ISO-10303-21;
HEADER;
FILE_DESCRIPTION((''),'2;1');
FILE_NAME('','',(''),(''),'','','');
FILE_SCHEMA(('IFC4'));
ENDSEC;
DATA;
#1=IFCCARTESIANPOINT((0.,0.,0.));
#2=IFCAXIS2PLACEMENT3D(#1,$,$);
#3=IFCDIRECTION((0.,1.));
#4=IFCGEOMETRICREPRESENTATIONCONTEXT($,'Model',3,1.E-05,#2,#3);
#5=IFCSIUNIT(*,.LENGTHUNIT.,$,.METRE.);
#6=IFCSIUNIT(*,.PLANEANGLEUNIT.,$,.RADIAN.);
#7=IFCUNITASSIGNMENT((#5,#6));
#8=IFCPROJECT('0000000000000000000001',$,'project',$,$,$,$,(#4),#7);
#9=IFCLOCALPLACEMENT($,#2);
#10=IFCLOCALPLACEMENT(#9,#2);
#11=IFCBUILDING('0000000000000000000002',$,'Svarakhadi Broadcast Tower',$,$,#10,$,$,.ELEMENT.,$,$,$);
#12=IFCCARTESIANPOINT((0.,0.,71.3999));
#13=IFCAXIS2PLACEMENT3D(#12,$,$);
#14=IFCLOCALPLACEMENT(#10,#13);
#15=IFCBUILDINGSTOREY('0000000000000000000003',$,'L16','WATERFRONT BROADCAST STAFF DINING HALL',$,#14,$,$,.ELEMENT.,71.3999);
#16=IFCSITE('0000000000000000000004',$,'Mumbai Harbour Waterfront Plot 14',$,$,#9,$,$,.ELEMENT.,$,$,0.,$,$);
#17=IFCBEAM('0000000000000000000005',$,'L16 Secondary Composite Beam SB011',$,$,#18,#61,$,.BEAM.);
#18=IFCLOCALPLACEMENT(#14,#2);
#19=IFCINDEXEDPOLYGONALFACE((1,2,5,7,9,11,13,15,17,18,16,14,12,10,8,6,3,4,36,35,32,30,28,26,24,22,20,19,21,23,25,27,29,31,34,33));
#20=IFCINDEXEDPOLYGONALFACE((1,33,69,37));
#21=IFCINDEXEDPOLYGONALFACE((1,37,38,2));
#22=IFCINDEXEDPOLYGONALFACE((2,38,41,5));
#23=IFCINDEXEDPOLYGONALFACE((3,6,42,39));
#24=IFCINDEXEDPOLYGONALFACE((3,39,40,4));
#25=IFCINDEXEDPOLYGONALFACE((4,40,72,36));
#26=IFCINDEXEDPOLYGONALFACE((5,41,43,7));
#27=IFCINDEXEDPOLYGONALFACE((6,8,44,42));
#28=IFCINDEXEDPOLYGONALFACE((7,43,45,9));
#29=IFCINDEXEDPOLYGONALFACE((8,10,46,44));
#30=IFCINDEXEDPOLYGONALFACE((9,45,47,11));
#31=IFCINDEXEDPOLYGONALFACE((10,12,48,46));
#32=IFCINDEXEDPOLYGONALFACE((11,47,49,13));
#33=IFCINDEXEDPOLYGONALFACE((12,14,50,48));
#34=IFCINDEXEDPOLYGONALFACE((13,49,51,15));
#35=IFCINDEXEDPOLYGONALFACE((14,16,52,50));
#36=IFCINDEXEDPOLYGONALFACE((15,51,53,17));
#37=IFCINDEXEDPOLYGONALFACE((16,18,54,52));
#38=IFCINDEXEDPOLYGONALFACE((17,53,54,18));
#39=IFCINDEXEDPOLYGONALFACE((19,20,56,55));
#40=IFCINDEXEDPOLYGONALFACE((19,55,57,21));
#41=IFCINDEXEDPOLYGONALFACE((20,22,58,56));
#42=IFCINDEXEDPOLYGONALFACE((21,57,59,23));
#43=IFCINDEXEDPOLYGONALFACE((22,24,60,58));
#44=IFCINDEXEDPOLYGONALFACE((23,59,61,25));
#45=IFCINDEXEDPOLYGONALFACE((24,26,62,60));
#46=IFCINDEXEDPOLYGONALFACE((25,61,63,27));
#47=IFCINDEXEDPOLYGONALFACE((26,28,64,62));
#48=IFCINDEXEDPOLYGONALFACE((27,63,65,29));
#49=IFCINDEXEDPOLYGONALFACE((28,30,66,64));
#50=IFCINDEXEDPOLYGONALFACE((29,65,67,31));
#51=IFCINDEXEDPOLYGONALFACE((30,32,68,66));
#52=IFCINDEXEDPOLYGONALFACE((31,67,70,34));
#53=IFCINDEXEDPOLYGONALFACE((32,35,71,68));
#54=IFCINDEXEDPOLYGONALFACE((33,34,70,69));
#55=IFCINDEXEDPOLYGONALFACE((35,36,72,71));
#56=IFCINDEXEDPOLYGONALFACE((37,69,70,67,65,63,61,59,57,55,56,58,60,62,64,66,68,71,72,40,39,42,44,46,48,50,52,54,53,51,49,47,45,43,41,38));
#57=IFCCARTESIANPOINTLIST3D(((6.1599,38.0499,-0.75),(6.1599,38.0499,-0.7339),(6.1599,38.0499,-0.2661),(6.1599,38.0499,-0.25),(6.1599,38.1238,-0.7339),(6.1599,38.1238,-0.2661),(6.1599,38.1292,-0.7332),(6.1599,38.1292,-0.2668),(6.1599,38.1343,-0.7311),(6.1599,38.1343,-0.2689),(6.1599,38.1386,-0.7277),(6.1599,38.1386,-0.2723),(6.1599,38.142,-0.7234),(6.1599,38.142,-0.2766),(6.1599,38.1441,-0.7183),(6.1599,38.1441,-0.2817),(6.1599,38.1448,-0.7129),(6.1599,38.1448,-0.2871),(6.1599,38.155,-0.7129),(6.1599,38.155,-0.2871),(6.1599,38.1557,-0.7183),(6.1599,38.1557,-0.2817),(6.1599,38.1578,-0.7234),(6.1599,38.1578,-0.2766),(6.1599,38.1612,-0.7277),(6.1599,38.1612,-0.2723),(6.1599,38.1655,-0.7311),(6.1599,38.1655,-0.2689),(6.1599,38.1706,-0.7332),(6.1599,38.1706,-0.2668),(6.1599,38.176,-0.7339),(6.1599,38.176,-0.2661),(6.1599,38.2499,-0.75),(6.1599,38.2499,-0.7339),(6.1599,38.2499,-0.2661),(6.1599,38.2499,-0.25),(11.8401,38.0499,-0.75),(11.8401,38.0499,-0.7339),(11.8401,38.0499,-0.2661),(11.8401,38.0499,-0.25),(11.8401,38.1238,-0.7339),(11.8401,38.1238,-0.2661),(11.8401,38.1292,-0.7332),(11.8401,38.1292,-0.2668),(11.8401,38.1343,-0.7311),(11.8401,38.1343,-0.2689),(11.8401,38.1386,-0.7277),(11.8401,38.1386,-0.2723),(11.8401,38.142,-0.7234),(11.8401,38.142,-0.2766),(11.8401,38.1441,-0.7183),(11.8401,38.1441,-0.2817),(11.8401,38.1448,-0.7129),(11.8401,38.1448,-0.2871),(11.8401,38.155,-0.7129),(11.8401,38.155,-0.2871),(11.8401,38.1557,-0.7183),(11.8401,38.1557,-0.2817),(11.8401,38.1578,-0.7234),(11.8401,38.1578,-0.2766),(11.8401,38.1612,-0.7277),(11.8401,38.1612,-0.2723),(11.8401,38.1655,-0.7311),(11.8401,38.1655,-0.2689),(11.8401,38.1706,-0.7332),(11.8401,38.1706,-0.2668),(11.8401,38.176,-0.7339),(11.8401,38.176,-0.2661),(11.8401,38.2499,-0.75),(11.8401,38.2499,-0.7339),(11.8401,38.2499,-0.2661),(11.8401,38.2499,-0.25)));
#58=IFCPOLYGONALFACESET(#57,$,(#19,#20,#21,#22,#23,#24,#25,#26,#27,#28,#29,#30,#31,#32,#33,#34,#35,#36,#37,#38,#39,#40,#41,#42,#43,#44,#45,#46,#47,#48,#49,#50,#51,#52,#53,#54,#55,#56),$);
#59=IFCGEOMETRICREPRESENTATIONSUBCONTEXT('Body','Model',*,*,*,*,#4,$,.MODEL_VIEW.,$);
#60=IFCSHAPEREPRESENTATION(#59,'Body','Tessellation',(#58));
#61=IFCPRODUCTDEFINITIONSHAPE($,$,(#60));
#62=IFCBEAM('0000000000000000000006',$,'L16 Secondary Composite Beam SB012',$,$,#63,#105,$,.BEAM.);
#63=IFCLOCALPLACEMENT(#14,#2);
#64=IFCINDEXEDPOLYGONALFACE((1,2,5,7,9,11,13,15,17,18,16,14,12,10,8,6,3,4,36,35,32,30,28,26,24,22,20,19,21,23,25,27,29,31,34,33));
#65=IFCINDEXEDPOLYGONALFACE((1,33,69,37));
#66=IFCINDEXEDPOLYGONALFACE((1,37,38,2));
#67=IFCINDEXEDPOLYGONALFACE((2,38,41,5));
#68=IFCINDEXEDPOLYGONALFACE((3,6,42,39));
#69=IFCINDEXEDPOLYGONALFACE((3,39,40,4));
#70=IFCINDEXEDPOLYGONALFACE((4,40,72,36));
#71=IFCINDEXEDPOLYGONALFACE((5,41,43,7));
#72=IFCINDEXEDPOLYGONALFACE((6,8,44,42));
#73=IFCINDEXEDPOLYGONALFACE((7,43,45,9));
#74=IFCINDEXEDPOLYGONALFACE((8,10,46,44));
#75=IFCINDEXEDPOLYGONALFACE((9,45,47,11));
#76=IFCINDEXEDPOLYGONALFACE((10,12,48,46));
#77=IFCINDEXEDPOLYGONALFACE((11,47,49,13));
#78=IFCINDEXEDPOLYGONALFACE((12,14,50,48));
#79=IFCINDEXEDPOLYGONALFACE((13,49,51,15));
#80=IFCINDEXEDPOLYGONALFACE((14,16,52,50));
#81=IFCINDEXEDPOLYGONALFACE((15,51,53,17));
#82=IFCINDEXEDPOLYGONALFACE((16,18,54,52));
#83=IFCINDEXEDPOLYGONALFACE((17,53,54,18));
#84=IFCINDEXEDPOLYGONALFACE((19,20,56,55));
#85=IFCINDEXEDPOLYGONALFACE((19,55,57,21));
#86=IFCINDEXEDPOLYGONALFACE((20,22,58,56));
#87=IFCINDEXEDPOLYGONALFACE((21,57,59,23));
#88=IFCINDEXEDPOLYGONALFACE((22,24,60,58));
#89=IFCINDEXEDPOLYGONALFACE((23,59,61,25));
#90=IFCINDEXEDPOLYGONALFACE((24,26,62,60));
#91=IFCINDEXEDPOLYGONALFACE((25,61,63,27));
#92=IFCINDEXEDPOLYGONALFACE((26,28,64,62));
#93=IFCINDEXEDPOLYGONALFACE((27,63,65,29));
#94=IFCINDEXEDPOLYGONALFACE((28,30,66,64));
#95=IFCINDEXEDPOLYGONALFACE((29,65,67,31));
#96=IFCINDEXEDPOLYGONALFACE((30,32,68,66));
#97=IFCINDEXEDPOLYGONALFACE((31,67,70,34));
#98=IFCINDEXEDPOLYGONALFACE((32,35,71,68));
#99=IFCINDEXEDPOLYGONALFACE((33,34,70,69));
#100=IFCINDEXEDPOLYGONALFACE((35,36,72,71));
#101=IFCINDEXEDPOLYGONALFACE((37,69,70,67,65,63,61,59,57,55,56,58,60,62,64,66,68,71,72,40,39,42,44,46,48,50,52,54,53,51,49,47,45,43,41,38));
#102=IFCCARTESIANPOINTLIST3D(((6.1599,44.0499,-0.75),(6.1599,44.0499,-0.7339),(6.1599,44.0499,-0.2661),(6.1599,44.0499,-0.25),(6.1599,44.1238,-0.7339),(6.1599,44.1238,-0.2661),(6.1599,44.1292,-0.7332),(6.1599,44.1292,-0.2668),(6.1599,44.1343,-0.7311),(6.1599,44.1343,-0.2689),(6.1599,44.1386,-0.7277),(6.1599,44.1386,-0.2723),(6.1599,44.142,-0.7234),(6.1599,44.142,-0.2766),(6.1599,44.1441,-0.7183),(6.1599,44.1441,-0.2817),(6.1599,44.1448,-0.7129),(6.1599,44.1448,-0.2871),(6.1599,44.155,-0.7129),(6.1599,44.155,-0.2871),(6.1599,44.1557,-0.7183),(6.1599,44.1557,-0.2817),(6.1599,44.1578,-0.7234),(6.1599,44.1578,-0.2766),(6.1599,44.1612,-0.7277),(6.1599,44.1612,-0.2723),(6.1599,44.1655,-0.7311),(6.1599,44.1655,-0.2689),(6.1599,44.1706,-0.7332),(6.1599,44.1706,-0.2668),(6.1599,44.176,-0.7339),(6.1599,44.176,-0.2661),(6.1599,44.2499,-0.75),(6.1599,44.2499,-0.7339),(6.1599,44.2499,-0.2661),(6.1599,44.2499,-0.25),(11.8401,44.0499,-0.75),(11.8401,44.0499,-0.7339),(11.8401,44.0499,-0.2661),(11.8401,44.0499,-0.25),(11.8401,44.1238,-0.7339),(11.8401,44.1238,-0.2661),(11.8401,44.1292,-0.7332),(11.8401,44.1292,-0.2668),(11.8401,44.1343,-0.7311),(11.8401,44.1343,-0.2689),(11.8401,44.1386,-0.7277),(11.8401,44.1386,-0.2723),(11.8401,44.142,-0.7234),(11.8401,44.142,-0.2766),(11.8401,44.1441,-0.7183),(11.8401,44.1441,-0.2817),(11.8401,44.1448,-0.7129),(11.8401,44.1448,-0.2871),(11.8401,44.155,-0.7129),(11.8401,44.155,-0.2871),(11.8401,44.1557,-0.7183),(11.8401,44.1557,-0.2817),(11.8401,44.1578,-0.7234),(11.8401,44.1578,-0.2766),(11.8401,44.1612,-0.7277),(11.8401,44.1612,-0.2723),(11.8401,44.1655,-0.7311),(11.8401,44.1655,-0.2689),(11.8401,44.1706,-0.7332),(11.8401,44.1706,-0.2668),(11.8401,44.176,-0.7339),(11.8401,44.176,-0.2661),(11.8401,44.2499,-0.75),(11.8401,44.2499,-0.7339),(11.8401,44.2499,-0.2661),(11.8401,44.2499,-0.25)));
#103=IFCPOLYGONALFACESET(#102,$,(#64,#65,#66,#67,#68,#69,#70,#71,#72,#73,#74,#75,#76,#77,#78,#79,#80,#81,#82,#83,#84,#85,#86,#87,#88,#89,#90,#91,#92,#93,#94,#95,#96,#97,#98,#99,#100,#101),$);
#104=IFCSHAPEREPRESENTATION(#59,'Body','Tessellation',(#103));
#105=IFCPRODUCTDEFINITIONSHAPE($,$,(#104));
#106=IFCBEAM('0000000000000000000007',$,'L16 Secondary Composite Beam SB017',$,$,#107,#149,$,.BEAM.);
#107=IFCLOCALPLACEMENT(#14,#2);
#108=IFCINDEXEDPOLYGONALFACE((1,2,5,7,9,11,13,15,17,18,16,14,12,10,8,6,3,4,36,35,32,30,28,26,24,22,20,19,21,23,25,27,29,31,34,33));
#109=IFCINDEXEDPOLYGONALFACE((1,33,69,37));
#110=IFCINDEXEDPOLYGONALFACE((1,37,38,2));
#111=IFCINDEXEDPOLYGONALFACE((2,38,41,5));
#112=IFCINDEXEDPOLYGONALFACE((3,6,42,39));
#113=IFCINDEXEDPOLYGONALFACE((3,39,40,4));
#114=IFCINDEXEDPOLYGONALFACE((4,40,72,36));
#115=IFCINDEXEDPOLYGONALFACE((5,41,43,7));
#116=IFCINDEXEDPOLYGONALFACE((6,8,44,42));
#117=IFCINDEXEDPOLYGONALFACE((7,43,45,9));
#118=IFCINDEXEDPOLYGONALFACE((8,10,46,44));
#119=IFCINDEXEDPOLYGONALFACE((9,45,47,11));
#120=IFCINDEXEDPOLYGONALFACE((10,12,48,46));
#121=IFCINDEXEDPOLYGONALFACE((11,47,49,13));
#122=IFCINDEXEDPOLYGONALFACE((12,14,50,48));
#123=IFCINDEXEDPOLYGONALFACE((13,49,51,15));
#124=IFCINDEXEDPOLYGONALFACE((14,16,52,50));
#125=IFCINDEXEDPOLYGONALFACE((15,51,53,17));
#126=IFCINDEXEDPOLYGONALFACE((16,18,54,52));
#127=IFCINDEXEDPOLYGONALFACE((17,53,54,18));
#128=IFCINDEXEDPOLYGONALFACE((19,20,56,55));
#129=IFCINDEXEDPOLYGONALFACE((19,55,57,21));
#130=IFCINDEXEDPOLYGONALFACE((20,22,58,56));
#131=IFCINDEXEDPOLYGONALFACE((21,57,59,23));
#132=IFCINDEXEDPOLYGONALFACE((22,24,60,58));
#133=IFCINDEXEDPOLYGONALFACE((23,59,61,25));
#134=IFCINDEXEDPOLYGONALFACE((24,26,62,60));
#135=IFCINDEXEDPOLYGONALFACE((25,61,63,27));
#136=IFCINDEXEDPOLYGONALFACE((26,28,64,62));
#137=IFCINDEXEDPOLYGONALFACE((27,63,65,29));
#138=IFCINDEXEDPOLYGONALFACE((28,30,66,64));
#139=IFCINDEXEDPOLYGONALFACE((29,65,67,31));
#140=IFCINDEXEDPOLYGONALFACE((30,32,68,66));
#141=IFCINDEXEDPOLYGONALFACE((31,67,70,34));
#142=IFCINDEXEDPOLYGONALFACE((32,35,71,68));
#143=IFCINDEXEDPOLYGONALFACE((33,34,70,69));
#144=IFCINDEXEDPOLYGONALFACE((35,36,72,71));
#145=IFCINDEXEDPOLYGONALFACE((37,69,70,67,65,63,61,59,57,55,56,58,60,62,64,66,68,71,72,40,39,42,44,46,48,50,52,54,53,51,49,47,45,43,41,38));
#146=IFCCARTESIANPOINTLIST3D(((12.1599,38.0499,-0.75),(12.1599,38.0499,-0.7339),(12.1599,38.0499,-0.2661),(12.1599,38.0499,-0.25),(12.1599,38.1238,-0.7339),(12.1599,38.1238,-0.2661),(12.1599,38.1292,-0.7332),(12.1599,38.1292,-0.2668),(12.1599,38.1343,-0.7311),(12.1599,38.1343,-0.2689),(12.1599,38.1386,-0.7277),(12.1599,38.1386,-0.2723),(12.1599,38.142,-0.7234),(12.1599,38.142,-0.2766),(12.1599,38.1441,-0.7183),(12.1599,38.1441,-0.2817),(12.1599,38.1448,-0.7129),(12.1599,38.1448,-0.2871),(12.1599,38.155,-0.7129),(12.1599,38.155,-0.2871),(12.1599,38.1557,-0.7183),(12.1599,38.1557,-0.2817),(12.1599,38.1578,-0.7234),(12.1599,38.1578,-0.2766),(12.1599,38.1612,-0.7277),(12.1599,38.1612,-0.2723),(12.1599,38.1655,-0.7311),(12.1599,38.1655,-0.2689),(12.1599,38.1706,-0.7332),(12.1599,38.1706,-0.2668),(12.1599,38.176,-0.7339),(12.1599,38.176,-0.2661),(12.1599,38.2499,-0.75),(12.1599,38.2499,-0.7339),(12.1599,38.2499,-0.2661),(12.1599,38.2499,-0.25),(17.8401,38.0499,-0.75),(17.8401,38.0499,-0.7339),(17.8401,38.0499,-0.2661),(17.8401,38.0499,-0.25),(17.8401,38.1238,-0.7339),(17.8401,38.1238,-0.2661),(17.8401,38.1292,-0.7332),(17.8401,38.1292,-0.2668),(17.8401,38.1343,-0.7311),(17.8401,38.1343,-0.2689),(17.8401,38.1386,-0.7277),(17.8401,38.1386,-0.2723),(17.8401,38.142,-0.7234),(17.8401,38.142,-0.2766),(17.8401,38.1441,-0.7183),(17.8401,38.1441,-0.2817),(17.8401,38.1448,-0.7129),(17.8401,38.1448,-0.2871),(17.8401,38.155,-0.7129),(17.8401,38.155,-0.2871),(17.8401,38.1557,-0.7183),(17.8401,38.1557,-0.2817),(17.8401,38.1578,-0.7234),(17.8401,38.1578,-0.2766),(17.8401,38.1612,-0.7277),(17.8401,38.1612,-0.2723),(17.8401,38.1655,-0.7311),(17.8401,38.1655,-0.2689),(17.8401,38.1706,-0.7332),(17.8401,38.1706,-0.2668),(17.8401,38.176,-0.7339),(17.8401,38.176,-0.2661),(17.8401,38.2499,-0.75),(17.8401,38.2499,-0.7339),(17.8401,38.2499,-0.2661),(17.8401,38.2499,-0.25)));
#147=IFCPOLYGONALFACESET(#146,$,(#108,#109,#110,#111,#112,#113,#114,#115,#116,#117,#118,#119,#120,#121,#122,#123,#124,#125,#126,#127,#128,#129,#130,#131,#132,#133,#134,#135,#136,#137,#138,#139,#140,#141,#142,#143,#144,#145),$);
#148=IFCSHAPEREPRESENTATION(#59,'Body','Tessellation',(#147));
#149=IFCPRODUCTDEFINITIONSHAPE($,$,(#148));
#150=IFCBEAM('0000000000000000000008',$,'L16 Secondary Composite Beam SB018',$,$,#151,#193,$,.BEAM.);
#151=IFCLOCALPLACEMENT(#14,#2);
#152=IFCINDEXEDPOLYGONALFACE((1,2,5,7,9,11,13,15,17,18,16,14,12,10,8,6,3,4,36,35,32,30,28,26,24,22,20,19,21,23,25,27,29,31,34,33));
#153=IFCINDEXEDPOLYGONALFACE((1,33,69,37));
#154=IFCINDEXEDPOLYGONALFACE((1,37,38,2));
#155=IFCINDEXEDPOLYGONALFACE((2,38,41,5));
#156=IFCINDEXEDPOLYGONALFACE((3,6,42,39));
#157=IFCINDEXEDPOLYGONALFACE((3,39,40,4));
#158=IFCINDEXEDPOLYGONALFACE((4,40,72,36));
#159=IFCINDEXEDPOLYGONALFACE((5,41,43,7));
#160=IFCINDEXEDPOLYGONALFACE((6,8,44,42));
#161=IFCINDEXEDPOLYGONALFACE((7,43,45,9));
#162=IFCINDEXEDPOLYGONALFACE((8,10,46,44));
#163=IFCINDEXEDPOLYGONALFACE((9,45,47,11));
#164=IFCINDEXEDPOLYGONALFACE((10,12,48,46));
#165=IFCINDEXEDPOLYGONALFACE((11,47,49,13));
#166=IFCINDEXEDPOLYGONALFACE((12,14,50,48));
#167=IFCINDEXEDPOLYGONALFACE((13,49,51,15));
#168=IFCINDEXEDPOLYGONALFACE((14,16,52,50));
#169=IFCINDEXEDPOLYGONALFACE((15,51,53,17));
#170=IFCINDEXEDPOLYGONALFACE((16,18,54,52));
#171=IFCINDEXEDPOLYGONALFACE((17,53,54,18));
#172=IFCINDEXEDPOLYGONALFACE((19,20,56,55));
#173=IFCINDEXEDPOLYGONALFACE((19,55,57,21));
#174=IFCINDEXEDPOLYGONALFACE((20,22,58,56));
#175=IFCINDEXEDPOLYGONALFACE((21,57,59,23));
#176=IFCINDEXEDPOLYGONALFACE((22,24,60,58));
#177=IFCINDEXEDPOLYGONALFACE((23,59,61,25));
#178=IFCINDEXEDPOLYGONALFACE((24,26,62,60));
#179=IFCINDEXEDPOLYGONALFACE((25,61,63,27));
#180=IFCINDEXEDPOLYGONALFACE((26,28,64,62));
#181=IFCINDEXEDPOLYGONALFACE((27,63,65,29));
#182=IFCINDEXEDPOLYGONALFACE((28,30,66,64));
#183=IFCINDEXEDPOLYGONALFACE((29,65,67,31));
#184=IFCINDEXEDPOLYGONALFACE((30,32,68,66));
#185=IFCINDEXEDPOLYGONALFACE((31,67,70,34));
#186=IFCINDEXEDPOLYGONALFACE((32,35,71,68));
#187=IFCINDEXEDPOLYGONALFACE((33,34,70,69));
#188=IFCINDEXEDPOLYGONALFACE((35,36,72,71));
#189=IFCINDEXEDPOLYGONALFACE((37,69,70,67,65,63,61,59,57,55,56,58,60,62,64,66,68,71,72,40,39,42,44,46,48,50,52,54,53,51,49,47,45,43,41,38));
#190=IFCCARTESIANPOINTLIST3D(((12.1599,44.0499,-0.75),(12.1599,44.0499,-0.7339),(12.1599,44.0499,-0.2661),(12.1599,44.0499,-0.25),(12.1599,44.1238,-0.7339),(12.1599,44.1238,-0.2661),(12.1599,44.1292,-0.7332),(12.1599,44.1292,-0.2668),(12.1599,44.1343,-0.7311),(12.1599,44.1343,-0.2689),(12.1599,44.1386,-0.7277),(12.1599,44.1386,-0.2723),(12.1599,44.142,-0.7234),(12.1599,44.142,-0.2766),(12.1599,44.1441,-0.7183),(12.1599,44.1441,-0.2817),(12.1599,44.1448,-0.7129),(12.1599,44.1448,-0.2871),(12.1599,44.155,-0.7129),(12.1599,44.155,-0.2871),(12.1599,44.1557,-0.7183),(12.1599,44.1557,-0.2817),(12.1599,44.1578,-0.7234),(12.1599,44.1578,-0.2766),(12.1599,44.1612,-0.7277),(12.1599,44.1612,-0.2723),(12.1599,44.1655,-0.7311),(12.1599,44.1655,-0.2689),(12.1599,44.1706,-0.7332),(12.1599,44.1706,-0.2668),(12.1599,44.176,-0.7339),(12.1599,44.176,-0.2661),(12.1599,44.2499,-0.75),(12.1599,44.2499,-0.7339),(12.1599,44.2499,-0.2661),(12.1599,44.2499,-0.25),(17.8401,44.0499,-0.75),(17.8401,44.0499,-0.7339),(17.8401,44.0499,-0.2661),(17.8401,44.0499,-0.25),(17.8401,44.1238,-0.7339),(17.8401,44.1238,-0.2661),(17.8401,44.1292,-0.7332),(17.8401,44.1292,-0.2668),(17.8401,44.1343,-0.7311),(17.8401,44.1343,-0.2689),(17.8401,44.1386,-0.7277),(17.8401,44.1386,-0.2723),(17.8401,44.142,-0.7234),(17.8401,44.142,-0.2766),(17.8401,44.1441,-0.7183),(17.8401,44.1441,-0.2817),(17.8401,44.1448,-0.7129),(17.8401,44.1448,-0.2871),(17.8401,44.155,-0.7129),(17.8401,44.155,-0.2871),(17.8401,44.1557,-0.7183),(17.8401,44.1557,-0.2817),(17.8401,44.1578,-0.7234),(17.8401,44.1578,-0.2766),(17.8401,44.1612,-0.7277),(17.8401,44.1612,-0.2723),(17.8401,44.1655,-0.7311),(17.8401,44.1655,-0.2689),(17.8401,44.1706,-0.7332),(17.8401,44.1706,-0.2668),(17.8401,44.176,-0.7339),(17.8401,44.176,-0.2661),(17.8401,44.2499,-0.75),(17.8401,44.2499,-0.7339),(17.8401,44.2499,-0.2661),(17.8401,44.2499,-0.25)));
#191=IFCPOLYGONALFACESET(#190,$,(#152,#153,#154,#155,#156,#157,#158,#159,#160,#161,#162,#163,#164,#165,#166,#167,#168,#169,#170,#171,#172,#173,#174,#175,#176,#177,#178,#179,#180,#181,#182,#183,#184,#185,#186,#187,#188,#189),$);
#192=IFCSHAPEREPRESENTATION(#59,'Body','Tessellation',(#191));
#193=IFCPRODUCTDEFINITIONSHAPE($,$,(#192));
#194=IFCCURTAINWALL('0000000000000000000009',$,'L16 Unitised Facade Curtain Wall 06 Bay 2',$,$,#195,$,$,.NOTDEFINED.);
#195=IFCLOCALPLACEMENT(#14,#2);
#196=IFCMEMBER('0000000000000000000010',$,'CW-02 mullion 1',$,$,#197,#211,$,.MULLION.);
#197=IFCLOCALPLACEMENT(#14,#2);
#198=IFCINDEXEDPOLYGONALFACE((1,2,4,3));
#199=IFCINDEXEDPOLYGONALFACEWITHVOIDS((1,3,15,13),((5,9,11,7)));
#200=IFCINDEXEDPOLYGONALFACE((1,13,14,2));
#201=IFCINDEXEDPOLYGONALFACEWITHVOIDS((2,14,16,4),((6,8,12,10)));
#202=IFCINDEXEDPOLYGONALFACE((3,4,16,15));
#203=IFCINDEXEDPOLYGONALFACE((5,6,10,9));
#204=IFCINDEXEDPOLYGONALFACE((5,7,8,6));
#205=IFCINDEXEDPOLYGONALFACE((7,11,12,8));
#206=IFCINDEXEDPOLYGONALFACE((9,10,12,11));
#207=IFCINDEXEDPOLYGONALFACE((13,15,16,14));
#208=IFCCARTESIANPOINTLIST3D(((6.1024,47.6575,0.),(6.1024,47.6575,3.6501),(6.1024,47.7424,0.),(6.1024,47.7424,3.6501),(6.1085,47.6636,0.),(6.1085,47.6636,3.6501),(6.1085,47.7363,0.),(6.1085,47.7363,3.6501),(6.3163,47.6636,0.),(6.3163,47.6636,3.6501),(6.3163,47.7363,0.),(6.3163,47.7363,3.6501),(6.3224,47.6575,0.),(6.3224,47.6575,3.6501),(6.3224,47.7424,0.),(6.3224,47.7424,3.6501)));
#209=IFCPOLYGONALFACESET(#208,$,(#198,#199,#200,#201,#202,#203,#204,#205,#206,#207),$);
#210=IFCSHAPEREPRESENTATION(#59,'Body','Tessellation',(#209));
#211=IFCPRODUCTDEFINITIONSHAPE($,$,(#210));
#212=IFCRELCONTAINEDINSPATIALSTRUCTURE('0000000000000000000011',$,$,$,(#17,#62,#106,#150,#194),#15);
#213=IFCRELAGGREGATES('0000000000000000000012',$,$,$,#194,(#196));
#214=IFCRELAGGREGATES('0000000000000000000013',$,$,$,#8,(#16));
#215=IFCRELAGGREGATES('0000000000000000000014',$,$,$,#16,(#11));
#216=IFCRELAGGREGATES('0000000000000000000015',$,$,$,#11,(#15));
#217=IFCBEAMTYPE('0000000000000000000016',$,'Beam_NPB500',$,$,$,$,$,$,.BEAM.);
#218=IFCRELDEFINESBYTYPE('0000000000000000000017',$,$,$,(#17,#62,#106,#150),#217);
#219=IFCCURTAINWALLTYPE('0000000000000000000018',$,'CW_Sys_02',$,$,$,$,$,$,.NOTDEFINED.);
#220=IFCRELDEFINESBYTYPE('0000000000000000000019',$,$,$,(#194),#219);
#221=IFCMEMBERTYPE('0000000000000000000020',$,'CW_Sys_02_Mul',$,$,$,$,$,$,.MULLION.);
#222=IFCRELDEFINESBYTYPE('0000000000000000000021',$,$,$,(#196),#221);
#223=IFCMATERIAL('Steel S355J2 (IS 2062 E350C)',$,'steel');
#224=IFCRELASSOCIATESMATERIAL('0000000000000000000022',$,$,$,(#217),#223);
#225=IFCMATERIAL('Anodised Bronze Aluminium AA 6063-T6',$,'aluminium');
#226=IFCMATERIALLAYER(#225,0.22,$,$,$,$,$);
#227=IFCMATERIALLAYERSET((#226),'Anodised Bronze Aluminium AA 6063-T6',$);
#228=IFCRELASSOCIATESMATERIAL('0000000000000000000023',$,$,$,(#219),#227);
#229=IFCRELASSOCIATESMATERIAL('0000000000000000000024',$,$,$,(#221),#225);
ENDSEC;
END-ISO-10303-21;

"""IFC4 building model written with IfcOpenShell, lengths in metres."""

from ifc_helpers import new_model, si_unit, direction, frame, origin, origin_2d, place, context, subcontext, project, spatial, hollow_rectangle, i_section, extrude, material, layer, layer_set, material_profile, profile_set, type_object, element, aggregate, save


model = new_model("IFC4")

# Units and contexts
model_context = context("Model", 3, precision=1e-05, world=origin(), true_north=direction((0.0, 1.0)))
body_context = subcontext(model_context, "Body", "Model", "MODEL_VIEW")
ifc_project = project(units=[si_unit("LENGTHUNIT", "METRE"), si_unit("PLANEANGLEUNIT", "RADIAN")], contexts=[model_context])

# Site, building, storey
site_placement = place(None, origin())
site = spatial("IfcSite", under=ifc_project, at=site_placement, Name="Mumbai Harbour Waterfront Plot 14", CompositionType="ELEMENT", RefElevation=0.0)
building_placement = place(site_placement, origin())
building = spatial("IfcBuilding", under=site, at=building_placement, Name="Svarakhadi Broadcast Tower", CompositionType="ELEMENT")
storey_placement = place(building_placement, frame((0.0, 0.0, 71.3999)))
storey = spatial("IfcBuildingStorey", under=building, at=storey_placement, Name="L16", Description="WATERFRONT BROADCAST STAFF DINING HALL", CompositionType="ELEMENT", Elevation=71.3999)

# Beams
ifc_material_1 = material(Name="Steel S355J2 (IS 2062 E350C)", Category="steel")
ifc_material_profile_1 = material_profile(ifc_material_1, i_section(OverallWidth=0.2, OverallDepth=0.5, WebThickness=0.0103, FlangeThickness=0.0161, FilletRadius=0.021, at=origin_2d()), Name="NPB 500x200x91")
ifc_profile_set_1 = profile_set([ifc_material_profile_1], Name="Steel S355J2 (IS 2062 E350C)")
beam_type_1 = type_object("IfcBeamType", Name="Beam_NPB500", PredefinedType="BEAM", material=ifc_profile_set_1)
for number, where, z_axis, x_axis, name in (
    (1, (6.1599, 38.1499, -0.5), (1.0, 0.0, 0.0), (0.0, 1.0, 0.0), "L16 Secondary Composite Beam SB011"),
    (2, (6.1599, 44.1499, -0.5), (1.0, 0.0, 0.0), (0.0, 1.0, 0.0), "L16 Secondary Composite Beam SB012"),
    (3, (12.1599, 38.1499, -0.5), (1.0, 0.0, 0.0), (0.0, 1.0, 0.0), "L16 Secondary Composite Beam SB017"),
    (4, (12.1599, 44.1499, -0.5), (1.0, 0.0, 0.0), (0.0, 1.0, 0.0), "L16 Secondary Composite Beam SB018"),
):
    element("IfcBeam", number, at=place(storey_placement, frame(where, z_axis=z_axis, x_axis=x_axis)), inside=storey, type_object=beam_type_1, Name=name, PredefinedType="BEAM", context=body_context, shape_type="SweptSolid", body=[
        extrude(i_section(OverallWidth=0.2, OverallDepth=0.5, WebThickness=0.0103, FlangeThickness=0.0161, FilletRadius=0.021, at=origin_2d()), origin(), (0.0, 0.0, 1.0), 5.6802),
    ])

# Curtain wall, member
ifc_material_2 = material(Name="Anodised Bronze Aluminium AA 6063-T6", Category="aluminium")
ifc_layer_1 = layer(ifc_material_2, 0.22)
ifc_layer_set_1 = layer_set([ifc_layer_1], Name="Anodised Bronze Aluminium AA 6063-T6")
curtain_wall_type = type_object("IfcCurtainWallType", Name="CW_Sys_02", PredefinedType="NOTDEFINED", material=ifc_layer_set_1)
curtain_wall_1_placement = place(storey_placement, origin())
curtain_wall_1 = element("IfcCurtainWall", 5, at=curtain_wall_1_placement, inside=storey, type_object=curtain_wall_type, Name="L16 Unitised Facade Curtain Wall 06 Bay 2", PredefinedType="NOTDEFINED")
ifc_material_profile_2 = material_profile(ifc_material_2, hollow_rectangle(XDim=0.085, YDim=0.22, WallThickness=0.0061, at=origin_2d()), Name="ALU MULLION 220x85x6")
ifc_profile_set_2 = profile_set([ifc_material_profile_2], Name="Anodised Bronze Aluminium AA 6063-T6")
member_type_1 = type_object("IfcMemberType", Name="CW_Sys_02_Mul", PredefinedType="MULLION", material=ifc_profile_set_2)
member_1_placement = place(storey_placement, frame((6.2124, 47.7, 0.0), z_axis=(0.0, 0.0, 1.0), x_axis=(0.0, 1.0, 0.0)))
member_1 = element("IfcMember", 6, at=member_1_placement, type_object=member_type_1, Name="CW-02 mullion 1", PredefinedType="MULLION", context=body_context, shape_type="SweptSolid", body=[
    extrude(hollow_rectangle(XDim=0.085, YDim=0.22, WallThickness=0.0061, at=origin_2d()), origin(), (0.0, 0.0, 1.0), 3.6501),
])

aggregate(curtain_wall_1, [member_1])

save(model, "model.ifc")
